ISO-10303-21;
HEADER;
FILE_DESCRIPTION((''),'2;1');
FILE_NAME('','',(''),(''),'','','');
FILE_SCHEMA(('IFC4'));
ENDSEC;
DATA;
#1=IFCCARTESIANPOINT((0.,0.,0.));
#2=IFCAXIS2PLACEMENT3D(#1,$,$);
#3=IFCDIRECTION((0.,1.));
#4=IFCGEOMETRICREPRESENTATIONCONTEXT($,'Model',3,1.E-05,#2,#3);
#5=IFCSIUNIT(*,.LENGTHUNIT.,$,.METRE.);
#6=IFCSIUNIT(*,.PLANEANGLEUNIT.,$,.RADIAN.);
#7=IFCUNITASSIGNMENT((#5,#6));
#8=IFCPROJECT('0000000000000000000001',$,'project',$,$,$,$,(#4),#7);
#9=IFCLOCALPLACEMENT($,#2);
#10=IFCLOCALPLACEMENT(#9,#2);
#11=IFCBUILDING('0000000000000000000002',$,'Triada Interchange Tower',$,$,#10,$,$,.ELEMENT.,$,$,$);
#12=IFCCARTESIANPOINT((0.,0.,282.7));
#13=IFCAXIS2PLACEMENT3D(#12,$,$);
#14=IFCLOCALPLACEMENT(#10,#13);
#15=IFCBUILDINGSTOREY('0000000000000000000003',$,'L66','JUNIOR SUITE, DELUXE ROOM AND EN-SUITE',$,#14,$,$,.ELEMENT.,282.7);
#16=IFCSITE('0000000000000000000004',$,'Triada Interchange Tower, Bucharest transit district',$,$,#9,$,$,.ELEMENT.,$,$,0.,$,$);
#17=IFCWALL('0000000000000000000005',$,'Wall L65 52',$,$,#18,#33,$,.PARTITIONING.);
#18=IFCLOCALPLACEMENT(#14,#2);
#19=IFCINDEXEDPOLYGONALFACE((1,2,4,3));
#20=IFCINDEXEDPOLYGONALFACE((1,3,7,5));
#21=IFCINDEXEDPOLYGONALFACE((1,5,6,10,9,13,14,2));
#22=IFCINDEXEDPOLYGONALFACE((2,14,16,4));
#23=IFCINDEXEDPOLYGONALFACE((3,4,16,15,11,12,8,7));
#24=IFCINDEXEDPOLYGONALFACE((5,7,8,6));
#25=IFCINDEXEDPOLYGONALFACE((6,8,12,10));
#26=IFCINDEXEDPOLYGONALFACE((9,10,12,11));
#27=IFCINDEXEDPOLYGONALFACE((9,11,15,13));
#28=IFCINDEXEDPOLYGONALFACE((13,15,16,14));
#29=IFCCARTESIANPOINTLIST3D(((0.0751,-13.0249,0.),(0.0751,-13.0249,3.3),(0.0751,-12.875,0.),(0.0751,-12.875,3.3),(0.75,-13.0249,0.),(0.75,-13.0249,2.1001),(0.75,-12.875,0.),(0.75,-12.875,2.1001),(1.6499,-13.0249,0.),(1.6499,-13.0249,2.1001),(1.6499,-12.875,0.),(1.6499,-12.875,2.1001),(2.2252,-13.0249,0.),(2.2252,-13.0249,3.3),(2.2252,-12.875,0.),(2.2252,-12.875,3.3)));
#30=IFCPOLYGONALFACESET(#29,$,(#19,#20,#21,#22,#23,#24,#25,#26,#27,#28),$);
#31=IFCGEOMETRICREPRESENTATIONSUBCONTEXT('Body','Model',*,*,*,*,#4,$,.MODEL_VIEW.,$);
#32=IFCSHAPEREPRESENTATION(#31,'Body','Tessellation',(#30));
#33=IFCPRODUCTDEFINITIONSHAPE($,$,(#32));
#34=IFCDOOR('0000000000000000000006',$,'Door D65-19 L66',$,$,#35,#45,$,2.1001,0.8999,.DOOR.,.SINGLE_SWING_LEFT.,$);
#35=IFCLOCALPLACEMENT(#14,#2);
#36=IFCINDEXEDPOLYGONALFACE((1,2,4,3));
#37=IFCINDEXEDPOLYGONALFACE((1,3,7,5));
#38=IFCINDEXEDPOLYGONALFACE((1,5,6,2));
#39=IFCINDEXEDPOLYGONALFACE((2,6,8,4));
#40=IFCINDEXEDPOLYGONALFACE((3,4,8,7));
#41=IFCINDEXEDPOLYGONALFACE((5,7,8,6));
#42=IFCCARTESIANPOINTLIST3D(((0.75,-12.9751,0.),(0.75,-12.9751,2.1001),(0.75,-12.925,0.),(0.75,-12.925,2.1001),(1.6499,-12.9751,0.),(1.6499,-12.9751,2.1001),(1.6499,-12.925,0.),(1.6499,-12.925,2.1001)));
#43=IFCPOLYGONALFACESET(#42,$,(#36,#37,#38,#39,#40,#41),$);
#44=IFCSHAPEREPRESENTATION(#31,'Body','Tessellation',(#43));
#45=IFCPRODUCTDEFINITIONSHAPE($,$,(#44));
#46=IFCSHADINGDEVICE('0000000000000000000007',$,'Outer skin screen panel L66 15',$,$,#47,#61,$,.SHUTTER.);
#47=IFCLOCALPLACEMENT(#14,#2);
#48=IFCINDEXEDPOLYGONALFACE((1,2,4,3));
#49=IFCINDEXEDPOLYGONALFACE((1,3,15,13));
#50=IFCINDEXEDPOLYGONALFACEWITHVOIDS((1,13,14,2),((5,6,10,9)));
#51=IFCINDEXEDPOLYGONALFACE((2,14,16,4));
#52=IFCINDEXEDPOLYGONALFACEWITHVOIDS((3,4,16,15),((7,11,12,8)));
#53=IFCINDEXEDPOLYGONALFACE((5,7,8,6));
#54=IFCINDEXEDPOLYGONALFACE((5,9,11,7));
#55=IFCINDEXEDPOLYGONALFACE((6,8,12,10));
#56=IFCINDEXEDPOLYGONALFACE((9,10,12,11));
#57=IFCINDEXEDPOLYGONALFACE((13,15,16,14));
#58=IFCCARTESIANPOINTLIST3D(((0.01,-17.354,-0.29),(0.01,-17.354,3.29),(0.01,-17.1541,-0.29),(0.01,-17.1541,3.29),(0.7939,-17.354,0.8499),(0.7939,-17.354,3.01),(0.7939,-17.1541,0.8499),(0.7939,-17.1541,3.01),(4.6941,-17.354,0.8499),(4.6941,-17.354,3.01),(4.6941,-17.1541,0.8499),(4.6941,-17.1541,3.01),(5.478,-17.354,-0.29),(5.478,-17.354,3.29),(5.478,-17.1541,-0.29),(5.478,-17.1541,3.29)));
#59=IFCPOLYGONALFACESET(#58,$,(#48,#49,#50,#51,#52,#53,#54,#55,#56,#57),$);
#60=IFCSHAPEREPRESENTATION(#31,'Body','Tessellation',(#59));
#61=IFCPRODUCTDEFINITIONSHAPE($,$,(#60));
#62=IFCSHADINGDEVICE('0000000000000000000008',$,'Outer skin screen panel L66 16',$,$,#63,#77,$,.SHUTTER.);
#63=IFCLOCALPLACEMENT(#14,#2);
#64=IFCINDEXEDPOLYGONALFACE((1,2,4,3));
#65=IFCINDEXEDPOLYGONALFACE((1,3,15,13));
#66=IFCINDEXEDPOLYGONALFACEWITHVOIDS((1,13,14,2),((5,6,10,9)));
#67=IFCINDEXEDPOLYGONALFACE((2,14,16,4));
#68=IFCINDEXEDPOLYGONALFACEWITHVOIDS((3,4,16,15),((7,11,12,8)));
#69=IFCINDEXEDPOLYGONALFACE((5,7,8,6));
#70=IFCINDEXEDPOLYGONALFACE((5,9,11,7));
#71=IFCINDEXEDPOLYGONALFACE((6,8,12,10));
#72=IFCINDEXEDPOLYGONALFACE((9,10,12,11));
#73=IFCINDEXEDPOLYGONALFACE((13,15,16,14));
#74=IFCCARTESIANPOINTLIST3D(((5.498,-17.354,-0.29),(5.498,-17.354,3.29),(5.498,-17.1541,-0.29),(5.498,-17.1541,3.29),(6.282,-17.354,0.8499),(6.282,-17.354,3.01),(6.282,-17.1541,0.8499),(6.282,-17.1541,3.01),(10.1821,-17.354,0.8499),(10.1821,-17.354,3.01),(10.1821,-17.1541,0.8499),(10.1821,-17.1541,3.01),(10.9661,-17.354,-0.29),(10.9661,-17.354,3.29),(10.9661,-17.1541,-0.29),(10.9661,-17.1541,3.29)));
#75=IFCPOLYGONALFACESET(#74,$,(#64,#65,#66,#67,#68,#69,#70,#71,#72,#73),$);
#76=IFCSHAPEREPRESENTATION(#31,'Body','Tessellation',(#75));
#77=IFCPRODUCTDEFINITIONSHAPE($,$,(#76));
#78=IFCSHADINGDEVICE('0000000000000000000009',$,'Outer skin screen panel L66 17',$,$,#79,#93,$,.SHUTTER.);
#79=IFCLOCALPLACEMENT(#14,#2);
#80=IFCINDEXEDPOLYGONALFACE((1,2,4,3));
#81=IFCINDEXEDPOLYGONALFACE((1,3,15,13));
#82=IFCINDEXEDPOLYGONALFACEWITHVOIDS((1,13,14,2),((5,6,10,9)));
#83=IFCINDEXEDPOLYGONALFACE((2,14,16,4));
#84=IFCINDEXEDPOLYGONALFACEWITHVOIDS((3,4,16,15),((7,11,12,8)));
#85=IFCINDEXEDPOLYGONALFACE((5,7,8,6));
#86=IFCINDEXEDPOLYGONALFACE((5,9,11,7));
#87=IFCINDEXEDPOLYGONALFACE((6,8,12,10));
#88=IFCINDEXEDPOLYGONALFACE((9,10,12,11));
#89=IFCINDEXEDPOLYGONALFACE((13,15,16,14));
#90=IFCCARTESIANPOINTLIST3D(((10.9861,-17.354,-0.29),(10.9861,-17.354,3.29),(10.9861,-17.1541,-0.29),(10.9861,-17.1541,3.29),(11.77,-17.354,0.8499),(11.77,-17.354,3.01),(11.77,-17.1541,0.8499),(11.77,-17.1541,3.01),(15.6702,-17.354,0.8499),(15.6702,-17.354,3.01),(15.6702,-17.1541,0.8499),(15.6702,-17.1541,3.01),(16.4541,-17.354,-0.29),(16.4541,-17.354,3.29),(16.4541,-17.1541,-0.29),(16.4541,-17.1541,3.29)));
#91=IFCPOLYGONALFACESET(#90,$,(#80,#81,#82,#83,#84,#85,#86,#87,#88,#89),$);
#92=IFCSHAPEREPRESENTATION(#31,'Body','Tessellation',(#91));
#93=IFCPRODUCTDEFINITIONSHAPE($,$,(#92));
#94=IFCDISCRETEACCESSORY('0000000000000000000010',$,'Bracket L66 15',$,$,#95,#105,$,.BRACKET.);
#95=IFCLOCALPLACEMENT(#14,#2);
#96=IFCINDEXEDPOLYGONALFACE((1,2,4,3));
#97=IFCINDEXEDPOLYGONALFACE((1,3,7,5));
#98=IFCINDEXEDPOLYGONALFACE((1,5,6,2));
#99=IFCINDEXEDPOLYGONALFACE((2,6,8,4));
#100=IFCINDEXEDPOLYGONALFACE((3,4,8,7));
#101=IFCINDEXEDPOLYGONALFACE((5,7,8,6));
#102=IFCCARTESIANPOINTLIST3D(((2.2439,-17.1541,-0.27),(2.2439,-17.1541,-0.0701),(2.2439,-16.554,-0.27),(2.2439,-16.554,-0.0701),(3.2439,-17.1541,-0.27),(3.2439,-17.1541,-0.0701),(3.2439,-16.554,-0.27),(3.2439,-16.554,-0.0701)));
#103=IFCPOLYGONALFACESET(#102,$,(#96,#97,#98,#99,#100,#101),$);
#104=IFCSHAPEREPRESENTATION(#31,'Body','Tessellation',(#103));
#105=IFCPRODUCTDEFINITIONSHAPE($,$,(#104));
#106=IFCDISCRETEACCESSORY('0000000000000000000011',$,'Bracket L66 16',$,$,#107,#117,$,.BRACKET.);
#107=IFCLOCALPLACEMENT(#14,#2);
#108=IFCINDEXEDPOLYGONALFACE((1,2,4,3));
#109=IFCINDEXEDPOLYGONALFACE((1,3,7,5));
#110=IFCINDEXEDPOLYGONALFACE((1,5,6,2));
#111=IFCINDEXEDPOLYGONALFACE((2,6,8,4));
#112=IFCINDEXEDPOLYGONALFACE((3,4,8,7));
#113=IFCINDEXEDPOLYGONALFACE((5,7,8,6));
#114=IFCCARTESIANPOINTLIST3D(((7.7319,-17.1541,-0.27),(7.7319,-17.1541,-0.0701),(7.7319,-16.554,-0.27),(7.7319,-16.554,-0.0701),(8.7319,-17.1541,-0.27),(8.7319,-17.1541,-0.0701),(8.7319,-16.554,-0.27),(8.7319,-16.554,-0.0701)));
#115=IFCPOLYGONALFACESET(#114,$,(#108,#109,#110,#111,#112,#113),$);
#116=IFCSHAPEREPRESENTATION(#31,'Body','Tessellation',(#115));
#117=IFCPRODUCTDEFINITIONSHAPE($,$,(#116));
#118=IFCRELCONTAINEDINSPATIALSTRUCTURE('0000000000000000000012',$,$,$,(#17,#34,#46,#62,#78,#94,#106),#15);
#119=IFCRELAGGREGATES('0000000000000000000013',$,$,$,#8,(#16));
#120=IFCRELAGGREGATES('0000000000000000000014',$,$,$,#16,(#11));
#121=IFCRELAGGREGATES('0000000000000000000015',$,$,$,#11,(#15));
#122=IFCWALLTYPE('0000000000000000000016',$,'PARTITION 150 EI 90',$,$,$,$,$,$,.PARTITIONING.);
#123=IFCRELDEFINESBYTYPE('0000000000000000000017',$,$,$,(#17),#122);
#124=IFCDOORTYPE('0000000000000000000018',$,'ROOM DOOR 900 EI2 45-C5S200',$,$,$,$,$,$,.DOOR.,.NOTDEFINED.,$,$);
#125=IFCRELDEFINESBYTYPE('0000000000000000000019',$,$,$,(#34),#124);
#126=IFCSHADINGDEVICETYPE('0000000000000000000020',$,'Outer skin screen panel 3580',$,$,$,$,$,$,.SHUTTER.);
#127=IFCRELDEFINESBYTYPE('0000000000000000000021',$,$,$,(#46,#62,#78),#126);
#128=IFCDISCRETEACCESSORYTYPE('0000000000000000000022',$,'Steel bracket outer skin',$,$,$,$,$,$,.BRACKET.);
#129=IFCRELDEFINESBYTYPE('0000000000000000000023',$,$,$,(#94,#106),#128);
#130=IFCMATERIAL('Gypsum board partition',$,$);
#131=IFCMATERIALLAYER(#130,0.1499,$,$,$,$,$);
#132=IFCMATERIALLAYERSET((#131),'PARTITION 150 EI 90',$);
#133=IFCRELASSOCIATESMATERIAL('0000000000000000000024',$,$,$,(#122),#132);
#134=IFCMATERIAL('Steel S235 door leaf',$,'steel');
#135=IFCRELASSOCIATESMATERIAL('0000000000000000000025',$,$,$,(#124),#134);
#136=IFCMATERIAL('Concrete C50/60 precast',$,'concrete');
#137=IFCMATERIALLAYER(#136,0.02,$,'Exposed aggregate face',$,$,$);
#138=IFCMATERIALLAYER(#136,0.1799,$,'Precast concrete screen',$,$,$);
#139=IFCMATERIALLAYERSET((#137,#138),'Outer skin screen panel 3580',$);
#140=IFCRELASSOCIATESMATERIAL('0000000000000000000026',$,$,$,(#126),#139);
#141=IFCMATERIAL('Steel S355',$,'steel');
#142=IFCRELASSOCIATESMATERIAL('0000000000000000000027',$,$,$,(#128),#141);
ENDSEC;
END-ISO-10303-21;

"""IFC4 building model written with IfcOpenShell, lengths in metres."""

from ifc_helpers import new_model, si_unit, direction, frame, frame_2d, origin, origin_2d, place, context, subcontext, project, spatial, polyline, rectangle, outline, extrude, material, layer, layer_set, type_object, element, fill, save


model = new_model("IFC4")

# Units and contexts
model_context = context("Model", 3, precision=1e-05, world=origin(), true_north=direction((0.0, 1.0)))
body_context = subcontext(model_context, "Body", "Model", "MODEL_VIEW")
ifc_project = project(units=[si_unit("LENGTHUNIT", "METRE"), si_unit("PLANEANGLEUNIT", "RADIAN")], contexts=[model_context])

# Site, building, storey
site_placement = place(None, origin())
site = spatial("IfcSite", under=ifc_project, at=site_placement, Name="Triada Interchange Tower, Bucharest transit district", CompositionType="ELEMENT", RefElevation=0.0)
building_placement = place(site_placement, origin())
building = spatial("IfcBuilding", under=site, at=building_placement, Name="Triada Interchange Tower", CompositionType="ELEMENT")
storey_placement = place(building_placement, frame((0.0, 0.0, 282.7)))
storey = spatial("IfcBuildingStorey", under=building, at=storey_placement, Name="L66", Description="JUNIOR SUITE, DELUXE ROOM AND EN-SUITE", CompositionType="ELEMENT", Elevation=282.7)

# Shared definitions
ifc_material_1 = material(Name="Gypsum board partition")
ifc_layer_1 = layer(ifc_material_1, 0.1499)
ifc_layer_set_1 = layer_set([ifc_layer_1], Name="PARTITION 150 EI 90")
wall_type_1 = type_object("IfcWallType", Name="PARTITION 150 EI 90", PredefinedType="PARTITIONING", material=ifc_layer_set_1)

# Wall, opening, door
wall_1_placement = place(storey_placement, frame((0.075, -12.95, 0.0), z_axis=(0.0, 0.0, 1.0), x_axis=(1.0, 0.0, 0.0)))
wall_1 = element("IfcWall", 1, at=wall_1_placement, inside=storey, type_object=wall_type_1, Name="Wall L65 52", PredefinedType="PARTITIONING", context=body_context, shape_type="SweptSolid", body=[
    extrude(rectangle(XDim=2.1501, YDim=0.1499, at=frame_2d((1.0752, 0.0))), origin(), (0.0, 0.0, 1.0), 3.3),
])
opening_placement = place(wall_1_placement, frame((0.675, 0.0, 0.0)))
opening = element("IfcOpeningElement", 2, at=opening_placement, cuts=wall_1, PredefinedType="OPENING", context=body_context, shape_type="SweptSolid", body=[
    extrude(rectangle(XDim=0.8999, YDim=2.1001, at=frame_2d((0.45, 1.05))), frame((0.0, 0.085, 0.0), z_axis=(0.0, -1.0, 0.0), x_axis=(1.0, 0.0, 0.0)), (0.0, 0.0, 1.0), 0.1699),
])
ifc_material_2 = material(Name="Steel S235 door leaf", Category="steel")
door_type = type_object("IfcDoorType", Name="ROOM DOOR 900 EI2 45-C5S200", OperationType="NOTDEFINED", PredefinedType="DOOR", material=ifc_material_2)
door_placement = place(opening_placement, origin())
door = element("IfcDoor", 3, at=door_placement, inside=storey, type_object=door_type, Name="Door D65-19 L66", OperationType="SINGLE_SWING_LEFT", OverallHeight=2.1001, OverallWidth=0.8999, PredefinedType="DOOR", context=body_context, shape_type="SweptSolid", body=[
    extrude(rectangle(XDim=0.8999, YDim=2.1001, at=frame_2d((0.45, 1.05))), frame((0.0, 0.0249, 0.0), z_axis=(0.0, -1.0, 0.0), x_axis=(1.0, 0.0, 0.0)), (0.0, 0.0, 1.0), 0.05),
])
fill(opening, door)

# Shading devices
ifc_material_3 = material(Name="Concrete C50/60 precast", Category="concrete")
ifc_layer_2 = layer(ifc_material_3, 0.02, Name="Exposed aggregate face")
ifc_layer_3 = layer(ifc_material_3, 0.1799, Name="Precast concrete screen")
ifc_layer_set_2 = layer_set([ifc_layer_2, ifc_layer_3], Name="Outer skin screen panel 3580")
shading_device_type = type_object("IfcShadingDeviceType", Name="Outer skin screen panel 3580", PredefinedType="SHUTTER", material=ifc_layer_set_2)
for number, where, z_axis, x_axis, name in (
    (4, (0.01, -17.1541, -0.29), (0.0, 0.0, 1.0), (1.0, 0.0, 0.0), "Outer skin screen panel L66 15"),
    (5, (5.498, -17.1541, -0.29), (0.0, 0.0, 1.0), (1.0, 0.0, 0.0), "Outer skin screen panel L66 16"),
    (6, (10.9861, -17.1541, -0.29), (0.0, 0.0, 1.0), (1.0, 0.0, 0.0), "Outer skin screen panel L66 17"),
):
    element("IfcShadingDevice", number, at=place(storey_placement, frame(where, z_axis=z_axis, x_axis=x_axis)), inside=storey, type_object=shading_device_type, Name=name, PredefinedType="SHUTTER", context=body_context, shape_type="SweptSolid", body=[
        extrude(outline(polyline([(0.0, 0.0), (5.468, 0.0), (5.468, 3.5801), (0.0, 3.5801), (0.0, 0.0)]), holes=[polyline([(0.7839, 1.1399), (0.7839, 3.3), (4.6841, 3.3), (4.6841, 1.1399), (0.7839, 1.1399)])]), frame((0.0, 0.0, 0.0), z_axis=(0.0, -1.0, 0.0), x_axis=(1.0, 0.0, 0.0)), (0.0, 0.0, 1.0), 0.2),
    ])

# Discrete accessories
ifc_material_4 = material(Name="Steel S355", Category="steel")
discrete_accessory_type = type_object("IfcDiscreteAccessoryType", Name="Steel bracket outer skin", PredefinedType="BRACKET", material=ifc_material_4)
for number, where, z_axis, x_axis, name in (
    (7, (2.7439, -16.854, -0.27), (0.0, 0.0, 1.0), (0.0, -1.0, 0.0), "Bracket L66 15"),
    (8, (8.2319, -16.854, -0.27), (0.0, 0.0, 1.0), (0.0, -1.0, 0.0), "Bracket L66 16"),
):
    element("IfcDiscreteAccessory", number, at=place(storey_placement, frame(where, z_axis=z_axis, x_axis=x_axis)), inside=storey, type_object=discrete_accessory_type, Name=name, PredefinedType="BRACKET", context=body_context, shape_type="SweptSolid", body=[
        extrude(rectangle(XDim=0.6001, YDim=1.0, at=origin_2d()), origin(), (0.0, 0.0, 1.0), 0.2),
    ])

save(model, "model.ifc")
